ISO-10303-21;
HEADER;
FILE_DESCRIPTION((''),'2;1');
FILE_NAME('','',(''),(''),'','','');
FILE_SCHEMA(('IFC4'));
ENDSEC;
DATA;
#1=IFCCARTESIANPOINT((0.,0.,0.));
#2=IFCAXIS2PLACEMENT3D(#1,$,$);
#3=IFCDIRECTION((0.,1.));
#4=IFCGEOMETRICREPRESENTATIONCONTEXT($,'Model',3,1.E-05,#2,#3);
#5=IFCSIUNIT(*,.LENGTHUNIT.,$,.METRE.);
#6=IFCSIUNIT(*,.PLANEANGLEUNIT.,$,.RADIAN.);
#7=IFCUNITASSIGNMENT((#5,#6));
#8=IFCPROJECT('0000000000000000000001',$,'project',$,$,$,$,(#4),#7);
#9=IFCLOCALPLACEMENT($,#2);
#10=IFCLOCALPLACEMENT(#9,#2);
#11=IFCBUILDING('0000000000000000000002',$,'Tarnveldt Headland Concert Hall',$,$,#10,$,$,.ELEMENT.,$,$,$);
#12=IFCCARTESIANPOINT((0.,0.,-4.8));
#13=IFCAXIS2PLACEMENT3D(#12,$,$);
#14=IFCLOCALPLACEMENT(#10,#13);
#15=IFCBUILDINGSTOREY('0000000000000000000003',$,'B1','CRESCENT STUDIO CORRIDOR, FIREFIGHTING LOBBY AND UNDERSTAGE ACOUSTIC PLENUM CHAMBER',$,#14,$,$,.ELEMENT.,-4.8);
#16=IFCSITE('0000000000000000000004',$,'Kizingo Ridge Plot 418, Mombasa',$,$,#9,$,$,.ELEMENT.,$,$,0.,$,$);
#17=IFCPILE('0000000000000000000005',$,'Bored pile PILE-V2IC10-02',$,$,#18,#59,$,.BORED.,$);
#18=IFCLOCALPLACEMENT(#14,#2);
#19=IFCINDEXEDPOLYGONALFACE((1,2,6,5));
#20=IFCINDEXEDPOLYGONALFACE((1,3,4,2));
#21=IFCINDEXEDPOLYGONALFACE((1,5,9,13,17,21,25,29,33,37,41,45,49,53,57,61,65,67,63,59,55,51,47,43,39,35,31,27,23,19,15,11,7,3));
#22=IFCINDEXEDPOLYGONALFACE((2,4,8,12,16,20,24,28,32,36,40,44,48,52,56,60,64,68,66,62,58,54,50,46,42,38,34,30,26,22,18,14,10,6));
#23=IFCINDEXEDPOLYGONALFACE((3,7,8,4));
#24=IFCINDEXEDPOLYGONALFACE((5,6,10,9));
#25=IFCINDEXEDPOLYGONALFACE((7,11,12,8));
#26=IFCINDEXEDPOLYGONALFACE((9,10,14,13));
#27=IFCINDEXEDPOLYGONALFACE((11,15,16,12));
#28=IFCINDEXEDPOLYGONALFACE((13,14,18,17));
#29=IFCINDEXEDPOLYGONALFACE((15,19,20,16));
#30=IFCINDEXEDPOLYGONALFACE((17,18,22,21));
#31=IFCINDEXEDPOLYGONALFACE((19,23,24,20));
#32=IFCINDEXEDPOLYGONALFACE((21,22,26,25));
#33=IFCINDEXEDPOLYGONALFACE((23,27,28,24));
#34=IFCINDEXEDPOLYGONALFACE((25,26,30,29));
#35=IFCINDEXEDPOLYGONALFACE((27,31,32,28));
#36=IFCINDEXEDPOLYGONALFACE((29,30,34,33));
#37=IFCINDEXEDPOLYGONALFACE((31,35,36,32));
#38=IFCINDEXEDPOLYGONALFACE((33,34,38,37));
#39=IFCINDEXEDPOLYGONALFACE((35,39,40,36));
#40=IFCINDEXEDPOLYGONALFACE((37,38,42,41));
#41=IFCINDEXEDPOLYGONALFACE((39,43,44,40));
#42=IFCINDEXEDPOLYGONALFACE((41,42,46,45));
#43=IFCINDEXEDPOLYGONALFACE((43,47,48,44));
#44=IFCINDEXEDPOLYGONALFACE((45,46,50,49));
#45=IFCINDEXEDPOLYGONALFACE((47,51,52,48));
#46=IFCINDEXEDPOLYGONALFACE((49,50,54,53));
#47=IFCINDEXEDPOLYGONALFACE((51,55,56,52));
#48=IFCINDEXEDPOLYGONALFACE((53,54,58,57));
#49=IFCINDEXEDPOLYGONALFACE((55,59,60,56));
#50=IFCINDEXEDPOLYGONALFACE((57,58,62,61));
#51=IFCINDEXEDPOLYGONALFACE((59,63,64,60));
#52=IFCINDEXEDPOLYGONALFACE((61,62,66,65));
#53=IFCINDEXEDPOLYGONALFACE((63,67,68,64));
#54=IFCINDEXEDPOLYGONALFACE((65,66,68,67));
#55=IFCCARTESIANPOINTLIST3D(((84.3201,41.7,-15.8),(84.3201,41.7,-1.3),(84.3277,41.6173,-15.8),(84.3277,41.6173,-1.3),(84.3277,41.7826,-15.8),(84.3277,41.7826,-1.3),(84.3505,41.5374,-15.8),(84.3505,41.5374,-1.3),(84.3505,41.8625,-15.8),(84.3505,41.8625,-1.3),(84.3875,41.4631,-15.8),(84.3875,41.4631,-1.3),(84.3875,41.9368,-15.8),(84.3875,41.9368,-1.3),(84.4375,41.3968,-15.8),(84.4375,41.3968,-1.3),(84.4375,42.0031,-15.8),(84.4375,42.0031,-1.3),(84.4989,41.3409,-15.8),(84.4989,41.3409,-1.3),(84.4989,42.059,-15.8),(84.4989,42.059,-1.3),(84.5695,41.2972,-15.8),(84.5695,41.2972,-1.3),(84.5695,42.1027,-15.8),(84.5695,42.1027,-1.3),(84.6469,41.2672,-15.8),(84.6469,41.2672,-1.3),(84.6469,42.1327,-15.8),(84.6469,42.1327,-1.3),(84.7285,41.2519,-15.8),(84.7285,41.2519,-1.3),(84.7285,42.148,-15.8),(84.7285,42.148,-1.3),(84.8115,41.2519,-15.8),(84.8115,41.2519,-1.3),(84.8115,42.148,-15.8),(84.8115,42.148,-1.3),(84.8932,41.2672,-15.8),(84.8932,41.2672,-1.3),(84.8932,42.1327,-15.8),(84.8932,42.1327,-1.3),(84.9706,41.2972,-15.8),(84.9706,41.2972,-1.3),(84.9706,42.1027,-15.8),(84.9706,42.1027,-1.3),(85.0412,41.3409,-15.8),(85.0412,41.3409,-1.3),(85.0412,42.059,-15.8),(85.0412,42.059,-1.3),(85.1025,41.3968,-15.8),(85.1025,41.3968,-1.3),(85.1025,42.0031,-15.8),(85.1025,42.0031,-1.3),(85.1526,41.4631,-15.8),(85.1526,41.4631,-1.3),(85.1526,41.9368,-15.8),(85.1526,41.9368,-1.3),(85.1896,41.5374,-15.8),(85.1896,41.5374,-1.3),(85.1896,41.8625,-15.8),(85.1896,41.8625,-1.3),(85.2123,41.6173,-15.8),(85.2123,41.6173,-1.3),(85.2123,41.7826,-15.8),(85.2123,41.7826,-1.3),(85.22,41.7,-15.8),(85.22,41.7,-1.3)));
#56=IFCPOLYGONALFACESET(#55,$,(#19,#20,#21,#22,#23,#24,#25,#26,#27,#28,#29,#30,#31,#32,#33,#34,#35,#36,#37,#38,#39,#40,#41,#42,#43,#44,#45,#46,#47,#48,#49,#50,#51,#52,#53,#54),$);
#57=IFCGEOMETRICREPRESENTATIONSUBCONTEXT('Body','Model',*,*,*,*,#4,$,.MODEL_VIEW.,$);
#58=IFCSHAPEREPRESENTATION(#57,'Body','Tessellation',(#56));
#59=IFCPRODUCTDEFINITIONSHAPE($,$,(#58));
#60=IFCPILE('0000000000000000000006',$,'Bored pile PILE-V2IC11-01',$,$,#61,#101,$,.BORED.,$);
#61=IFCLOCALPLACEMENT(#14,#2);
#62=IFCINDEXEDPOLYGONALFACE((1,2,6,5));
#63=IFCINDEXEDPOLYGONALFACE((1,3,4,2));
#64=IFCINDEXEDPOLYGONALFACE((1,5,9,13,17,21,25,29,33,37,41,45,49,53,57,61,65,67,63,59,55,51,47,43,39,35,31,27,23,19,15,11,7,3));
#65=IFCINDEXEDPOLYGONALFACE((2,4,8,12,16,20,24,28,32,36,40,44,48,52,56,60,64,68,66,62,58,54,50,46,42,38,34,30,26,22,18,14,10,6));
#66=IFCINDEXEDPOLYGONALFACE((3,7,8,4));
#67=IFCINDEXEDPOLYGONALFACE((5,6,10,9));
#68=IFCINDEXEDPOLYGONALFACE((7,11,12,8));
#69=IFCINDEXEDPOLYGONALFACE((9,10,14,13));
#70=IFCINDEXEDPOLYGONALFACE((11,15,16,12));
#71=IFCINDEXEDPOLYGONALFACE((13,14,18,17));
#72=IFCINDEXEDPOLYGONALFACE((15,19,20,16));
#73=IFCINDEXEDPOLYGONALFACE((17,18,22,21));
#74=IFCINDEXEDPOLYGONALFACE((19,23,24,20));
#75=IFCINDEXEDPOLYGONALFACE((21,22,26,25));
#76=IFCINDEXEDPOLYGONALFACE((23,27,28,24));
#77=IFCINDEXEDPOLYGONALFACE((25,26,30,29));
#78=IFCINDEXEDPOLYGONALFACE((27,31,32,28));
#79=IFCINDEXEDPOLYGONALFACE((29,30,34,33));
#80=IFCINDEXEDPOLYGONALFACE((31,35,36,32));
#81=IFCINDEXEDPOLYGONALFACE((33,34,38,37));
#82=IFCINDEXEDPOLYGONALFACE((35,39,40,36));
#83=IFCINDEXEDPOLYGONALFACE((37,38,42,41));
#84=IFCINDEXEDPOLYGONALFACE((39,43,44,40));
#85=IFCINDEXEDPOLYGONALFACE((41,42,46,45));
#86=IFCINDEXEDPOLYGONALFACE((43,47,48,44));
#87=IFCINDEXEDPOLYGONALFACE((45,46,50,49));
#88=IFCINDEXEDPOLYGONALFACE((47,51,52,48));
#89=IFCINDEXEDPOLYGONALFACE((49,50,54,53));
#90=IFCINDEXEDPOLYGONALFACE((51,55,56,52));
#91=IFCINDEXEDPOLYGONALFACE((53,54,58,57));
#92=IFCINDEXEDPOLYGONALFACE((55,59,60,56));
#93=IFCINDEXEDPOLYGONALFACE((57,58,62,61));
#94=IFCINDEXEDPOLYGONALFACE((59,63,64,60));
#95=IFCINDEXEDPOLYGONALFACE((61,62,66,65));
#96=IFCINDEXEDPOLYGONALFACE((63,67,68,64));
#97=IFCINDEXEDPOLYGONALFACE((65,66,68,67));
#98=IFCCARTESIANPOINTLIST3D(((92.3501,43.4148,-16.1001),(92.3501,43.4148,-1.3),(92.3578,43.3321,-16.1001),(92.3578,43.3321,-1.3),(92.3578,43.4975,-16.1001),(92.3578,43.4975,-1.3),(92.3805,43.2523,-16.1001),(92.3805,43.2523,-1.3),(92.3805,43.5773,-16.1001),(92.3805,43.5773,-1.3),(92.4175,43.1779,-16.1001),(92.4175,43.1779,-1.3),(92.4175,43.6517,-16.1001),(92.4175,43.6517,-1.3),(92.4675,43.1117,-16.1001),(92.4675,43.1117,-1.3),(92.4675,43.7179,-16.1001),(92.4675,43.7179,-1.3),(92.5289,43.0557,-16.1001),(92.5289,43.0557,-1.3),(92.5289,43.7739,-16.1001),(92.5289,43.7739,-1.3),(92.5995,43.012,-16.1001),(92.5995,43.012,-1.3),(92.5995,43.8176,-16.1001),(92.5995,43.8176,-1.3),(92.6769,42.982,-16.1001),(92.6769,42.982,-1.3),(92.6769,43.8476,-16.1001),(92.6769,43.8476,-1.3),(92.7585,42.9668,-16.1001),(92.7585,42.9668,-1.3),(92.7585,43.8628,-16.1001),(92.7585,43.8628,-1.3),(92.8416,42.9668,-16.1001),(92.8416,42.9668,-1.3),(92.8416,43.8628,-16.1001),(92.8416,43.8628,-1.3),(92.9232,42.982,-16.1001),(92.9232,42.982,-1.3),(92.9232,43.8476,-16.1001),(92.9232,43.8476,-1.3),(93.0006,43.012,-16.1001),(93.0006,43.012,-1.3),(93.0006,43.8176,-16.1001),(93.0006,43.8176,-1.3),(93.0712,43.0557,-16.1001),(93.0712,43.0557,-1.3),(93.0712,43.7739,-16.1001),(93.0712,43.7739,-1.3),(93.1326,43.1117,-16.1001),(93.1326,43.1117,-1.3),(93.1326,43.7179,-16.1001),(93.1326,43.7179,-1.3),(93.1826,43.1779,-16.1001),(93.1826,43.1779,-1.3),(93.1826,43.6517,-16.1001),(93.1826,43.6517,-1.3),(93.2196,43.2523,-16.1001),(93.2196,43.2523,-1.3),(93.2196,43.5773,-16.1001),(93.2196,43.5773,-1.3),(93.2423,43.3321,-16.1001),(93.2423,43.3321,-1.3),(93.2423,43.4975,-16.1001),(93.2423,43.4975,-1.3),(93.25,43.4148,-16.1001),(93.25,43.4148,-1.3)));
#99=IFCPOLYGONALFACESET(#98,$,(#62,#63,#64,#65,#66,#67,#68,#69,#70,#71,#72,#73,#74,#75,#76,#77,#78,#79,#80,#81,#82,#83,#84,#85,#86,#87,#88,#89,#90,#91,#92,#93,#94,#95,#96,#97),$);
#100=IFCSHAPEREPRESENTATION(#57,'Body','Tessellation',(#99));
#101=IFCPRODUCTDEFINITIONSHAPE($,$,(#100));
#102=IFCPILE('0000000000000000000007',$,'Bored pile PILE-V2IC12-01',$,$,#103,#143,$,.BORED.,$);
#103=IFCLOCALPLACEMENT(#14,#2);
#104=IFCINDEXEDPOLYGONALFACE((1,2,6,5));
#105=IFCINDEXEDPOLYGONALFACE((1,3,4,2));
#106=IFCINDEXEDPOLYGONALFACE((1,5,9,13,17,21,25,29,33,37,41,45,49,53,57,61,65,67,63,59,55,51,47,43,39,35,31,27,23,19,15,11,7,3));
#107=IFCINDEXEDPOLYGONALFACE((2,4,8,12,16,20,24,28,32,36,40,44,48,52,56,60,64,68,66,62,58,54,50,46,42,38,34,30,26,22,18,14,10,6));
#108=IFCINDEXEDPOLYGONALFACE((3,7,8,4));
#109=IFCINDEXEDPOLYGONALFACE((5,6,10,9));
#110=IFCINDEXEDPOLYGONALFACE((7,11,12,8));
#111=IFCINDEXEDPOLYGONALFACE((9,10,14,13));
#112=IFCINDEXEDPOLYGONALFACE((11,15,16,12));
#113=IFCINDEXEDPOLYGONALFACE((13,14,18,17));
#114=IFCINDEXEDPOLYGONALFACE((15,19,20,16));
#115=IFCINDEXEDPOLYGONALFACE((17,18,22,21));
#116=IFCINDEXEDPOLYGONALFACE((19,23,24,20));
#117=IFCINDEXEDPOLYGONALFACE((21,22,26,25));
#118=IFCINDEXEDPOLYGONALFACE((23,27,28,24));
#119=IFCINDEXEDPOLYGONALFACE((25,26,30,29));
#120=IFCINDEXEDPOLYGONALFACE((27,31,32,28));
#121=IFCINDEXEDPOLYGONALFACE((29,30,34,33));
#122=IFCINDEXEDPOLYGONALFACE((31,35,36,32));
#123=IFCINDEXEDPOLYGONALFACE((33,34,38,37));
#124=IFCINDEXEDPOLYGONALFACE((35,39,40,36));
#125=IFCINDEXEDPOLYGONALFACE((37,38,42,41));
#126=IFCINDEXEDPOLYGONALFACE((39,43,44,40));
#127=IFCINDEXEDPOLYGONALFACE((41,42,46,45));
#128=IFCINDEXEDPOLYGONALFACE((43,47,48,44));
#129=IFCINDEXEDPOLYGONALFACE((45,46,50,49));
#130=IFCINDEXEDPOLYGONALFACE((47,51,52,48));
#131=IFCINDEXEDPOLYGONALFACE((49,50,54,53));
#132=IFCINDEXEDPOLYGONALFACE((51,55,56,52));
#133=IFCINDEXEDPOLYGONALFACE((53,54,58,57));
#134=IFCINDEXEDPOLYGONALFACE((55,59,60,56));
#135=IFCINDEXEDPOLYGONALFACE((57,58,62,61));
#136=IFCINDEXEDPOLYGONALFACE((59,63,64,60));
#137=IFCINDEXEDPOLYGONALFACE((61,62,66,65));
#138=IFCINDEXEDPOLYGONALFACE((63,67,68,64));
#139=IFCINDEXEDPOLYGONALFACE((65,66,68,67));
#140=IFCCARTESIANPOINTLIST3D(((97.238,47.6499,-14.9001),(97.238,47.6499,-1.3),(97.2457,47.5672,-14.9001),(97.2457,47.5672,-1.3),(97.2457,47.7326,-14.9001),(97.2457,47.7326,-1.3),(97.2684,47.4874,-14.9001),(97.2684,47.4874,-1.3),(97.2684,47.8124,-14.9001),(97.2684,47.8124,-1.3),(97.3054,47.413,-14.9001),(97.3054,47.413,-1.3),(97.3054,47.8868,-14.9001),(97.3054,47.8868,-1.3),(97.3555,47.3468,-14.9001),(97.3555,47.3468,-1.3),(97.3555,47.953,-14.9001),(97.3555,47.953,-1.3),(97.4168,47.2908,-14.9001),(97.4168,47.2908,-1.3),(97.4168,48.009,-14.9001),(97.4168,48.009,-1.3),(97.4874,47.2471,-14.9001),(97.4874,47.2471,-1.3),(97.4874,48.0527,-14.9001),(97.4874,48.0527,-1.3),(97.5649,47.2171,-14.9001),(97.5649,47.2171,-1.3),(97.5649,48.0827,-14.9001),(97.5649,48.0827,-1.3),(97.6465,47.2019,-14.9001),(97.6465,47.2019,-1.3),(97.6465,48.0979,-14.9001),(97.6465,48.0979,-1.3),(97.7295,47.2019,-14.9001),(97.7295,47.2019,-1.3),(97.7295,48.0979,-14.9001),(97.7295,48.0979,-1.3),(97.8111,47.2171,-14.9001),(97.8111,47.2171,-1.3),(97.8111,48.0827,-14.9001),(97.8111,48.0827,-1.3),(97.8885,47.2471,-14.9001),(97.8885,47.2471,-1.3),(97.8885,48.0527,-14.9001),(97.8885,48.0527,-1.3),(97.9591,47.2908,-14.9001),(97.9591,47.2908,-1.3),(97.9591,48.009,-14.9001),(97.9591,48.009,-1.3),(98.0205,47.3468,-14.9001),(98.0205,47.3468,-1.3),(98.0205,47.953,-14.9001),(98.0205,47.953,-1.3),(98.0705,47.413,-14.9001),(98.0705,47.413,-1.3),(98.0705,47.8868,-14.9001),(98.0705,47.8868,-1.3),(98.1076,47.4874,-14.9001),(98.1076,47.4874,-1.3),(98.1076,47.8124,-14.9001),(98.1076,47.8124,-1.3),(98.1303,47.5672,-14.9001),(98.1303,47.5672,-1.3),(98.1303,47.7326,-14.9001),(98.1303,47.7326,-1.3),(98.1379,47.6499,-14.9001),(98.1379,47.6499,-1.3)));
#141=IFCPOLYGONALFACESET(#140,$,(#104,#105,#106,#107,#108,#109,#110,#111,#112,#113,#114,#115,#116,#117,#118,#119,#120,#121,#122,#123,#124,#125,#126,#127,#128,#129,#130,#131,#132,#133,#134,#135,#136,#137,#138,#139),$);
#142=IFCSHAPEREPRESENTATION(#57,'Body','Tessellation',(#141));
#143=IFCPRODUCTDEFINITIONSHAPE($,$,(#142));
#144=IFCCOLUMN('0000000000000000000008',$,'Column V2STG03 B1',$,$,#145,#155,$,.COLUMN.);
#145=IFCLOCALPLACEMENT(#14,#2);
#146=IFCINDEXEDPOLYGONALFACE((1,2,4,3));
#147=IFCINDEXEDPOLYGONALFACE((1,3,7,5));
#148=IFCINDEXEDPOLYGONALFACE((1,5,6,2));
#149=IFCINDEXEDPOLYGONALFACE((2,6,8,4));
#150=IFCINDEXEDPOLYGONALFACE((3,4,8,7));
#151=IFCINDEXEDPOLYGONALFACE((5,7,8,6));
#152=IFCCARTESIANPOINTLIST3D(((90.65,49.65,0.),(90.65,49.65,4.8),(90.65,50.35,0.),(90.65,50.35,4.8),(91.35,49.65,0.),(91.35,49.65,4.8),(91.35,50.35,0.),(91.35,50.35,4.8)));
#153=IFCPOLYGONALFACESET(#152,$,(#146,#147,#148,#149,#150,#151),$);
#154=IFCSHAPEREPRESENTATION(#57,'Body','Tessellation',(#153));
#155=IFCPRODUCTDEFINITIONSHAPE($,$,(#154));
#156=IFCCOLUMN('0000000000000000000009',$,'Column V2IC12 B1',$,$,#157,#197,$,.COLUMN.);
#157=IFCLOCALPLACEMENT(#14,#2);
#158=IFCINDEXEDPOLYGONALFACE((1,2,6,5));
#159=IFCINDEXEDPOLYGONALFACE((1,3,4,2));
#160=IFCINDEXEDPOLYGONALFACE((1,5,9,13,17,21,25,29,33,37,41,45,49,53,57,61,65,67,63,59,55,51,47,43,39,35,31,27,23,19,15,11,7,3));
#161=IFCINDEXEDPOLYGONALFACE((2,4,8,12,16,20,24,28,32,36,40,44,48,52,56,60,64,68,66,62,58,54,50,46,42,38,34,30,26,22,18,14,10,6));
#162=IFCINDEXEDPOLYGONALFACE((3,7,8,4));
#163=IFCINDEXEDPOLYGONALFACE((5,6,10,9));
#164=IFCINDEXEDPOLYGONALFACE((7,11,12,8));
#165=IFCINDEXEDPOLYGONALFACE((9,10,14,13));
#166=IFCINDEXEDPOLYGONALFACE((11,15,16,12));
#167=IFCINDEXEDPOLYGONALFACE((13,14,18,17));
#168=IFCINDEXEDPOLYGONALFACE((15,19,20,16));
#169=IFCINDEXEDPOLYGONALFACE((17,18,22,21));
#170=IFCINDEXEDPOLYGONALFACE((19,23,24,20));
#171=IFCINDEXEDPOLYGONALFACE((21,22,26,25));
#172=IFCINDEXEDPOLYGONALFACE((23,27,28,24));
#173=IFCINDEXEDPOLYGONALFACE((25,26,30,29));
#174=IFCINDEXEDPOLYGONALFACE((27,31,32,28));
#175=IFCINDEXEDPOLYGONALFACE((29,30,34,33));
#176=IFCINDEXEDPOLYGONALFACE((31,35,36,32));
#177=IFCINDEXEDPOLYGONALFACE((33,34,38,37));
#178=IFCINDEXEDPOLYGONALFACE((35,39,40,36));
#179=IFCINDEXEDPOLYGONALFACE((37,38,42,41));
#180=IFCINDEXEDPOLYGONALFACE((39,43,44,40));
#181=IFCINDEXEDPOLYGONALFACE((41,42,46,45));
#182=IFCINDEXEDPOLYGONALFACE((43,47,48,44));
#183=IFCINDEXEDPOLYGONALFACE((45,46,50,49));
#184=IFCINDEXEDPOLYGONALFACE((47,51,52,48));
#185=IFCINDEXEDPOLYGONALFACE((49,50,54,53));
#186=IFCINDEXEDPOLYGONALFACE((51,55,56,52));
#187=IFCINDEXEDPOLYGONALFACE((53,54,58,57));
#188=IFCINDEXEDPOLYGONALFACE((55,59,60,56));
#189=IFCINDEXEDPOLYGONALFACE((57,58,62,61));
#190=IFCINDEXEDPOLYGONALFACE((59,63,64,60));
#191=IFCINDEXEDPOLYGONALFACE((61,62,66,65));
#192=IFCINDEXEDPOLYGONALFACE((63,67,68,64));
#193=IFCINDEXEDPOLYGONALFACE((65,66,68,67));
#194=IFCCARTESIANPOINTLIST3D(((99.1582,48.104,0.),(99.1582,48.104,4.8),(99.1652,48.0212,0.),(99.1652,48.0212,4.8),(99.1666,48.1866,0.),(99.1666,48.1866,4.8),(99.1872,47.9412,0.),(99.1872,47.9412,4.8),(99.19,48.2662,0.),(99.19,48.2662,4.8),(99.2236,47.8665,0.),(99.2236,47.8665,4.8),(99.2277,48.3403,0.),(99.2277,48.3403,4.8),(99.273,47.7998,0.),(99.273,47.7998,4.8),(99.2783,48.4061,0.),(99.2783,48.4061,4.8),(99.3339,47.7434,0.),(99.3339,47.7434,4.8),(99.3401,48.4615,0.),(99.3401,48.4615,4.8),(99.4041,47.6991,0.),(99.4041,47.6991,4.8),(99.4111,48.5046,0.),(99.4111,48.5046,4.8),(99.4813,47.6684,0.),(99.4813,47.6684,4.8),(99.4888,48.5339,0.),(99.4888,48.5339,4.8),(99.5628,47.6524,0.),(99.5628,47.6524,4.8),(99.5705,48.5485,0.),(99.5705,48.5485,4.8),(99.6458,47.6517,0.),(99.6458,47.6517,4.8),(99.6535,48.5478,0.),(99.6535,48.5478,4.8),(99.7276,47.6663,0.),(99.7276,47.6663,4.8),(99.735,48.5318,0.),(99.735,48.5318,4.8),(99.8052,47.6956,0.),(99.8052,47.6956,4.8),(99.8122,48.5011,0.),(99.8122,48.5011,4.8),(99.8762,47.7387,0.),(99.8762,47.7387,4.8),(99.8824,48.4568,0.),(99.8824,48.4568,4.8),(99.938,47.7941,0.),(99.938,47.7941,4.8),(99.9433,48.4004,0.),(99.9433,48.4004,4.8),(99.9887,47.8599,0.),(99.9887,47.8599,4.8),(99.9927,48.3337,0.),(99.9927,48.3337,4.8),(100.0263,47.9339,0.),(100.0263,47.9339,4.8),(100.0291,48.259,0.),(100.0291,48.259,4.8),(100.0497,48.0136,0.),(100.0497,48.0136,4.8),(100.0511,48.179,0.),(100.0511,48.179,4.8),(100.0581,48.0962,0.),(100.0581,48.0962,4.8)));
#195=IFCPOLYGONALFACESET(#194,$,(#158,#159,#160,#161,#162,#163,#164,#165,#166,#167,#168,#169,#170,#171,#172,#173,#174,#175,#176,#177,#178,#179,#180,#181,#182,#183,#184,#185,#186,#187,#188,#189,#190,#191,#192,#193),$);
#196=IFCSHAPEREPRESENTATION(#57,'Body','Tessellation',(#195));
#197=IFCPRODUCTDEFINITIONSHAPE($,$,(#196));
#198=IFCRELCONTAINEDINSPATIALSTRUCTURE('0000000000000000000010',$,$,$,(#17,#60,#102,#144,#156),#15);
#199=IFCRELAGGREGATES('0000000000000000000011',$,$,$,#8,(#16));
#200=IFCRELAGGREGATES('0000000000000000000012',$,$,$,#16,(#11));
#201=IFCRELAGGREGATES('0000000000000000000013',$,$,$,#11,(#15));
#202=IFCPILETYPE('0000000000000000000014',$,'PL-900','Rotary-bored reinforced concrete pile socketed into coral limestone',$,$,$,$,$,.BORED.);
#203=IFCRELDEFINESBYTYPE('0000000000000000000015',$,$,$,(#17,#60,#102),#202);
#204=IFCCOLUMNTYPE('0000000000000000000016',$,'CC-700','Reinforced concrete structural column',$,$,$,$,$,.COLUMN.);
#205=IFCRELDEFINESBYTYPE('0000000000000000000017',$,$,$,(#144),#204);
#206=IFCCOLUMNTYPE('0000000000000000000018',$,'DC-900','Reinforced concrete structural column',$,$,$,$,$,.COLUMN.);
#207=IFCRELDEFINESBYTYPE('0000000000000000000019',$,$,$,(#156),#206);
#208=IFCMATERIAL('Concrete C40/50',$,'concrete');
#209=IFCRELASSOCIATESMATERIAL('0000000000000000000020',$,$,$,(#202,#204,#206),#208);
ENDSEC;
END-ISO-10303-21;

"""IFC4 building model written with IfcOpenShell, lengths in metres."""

from ifc_helpers import new_model, si_unit, direction, frame, origin, origin_2d, place, context, subcontext, project, spatial, rectangle, circle, extrude, material, material_profile, profile_set, type_object, element, save


model = new_model("IFC4")

# Units and contexts
model_context = context("Model", 3, precision=1e-05, world=origin(), true_north=direction((0.0, 1.0)))
body_context = subcontext(model_context, "Body", "Model", "MODEL_VIEW")
ifc_project = project(units=[si_unit("LENGTHUNIT", "METRE"), si_unit("PLANEANGLEUNIT", "RADIAN")], contexts=[model_context])

# Site, building, storey
site_placement = place(None, origin())
site = spatial("IfcSite", under=ifc_project, at=site_placement, Name="Kizingo Ridge Plot 418, Mombasa", CompositionType="ELEMENT", RefElevation=0.0)
building_placement = place(site_placement, origin())
building = spatial("IfcBuilding", under=site, at=building_placement, Name="Tarnveldt Headland Concert Hall", CompositionType="ELEMENT")
storey_placement = place(building_placement, frame((0.0, 0.0, -4.8)))
storey = spatial("IfcBuildingStorey", under=building, at=storey_placement, Name="B1", Description="CRESCENT STUDIO CORRIDOR, FIREFIGHTING LOBBY AND UNDERSTAGE ACOUSTIC PLENUM CHAMBER", CompositionType="ELEMENT", Elevation=-4.8)

# Shared definitions
ifc_material_1 = material(Name="Concrete C40/50", Category="concrete")

# Piles
ifc_material_profile_1 = material_profile(ifc_material_1, circle(Radius=0.45, at=origin_2d()), Name="BORED PILE D900", Category="concrete")
ifc_profile_set_1 = profile_set([ifc_material_profile_1], Name="Concrete C40/50")
pile_type_1 = type_object("IfcPileType", Name="PL-900", Description="Rotary-bored reinforced concrete pile socketed into coral limestone", PredefinedType="BORED", material=ifc_profile_set_1)
pile_1_placement = place(storey_placement, frame((84.77, 41.7, -1.3), z_axis=(0.0, 0.0, -1.0), x_axis=(1.0, 0.0, 0.0)))
element("IfcPile", 1, at=pile_1_placement, inside=storey, type_object=pile_type_1, Name="Bored pile PILE-V2IC10-02", PredefinedType="BORED", context=body_context, shape_type="SweptSolid", body=[
    extrude(circle(Radius=0.45, at=origin_2d()), origin(), (0.0, 0.0, 1.0), 14.5),
])
pile_2_placement = place(storey_placement, frame((92.8, 43.4148, -1.3), z_axis=(0.0, 0.0, -1.0), x_axis=(1.0, 0.0, 0.0)))
element("IfcPile", 2, at=pile_2_placement, inside=storey, type_object=pile_type_1, Name="Bored pile PILE-V2IC11-01", PredefinedType="BORED", context=body_context, shape_type="SweptSolid", body=[
    extrude(circle(Radius=0.45, at=origin_2d()), origin(), (0.0, 0.0, 1.0), 14.8),
])
pile_3_placement = place(storey_placement, frame((97.688, 47.6499, -1.3), z_axis=(0.0, 0.0, -1.0), x_axis=(1.0, 0.0, 0.0)))
element("IfcPile", 3, at=pile_3_placement, inside=storey, type_object=pile_type_1, Name="Bored pile PILE-V2IC12-01", PredefinedType="BORED", context=body_context, shape_type="SweptSolid", body=[
    extrude(circle(Radius=0.45, at=origin_2d()), origin(), (0.0, 0.0, 1.0), 13.6001),
])

# Columns
ifc_material_profile_2 = material_profile(ifc_material_1, rectangle(XDim=0.7, YDim=0.7, at=origin_2d()), Name="RC 700x700", Category="concrete")
ifc_profile_set_2 = profile_set([ifc_material_profile_2], Name="Concrete C40/50")
column_type_1 = type_object("IfcColumnType", Name="CC-700", Description="Reinforced concrete structural column", PredefinedType="COLUMN", material=ifc_profile_set_2)
column_placement = place(storey_placement, frame((91.0, 50.0, 0.0), z_axis=(0.0, 0.0, 1.0), x_axis=(1.0, 0.0, 0.0)))
element("IfcColumn", 4, at=column_placement, inside=storey, type_object=column_type_1, Name="Column V2STG03 B1", PredefinedType="COLUMN", context=body_context, shape_type="SweptSolid", body=[
    extrude(rectangle(XDim=0.7, YDim=0.7, at=origin_2d()), origin(), (0.0, 0.0, 1.0), 4.8),
])
ifc_material_profile_3 = material_profile(ifc_material_1, circle(Radius=0.45, at=origin_2d()), Name="RC D900", Category="concrete")
ifc_profile_set_3 = profile_set([ifc_material_profile_3], Name="Concrete C40/50")
column_type_2 = type_object("IfcColumnType", Name="DC-900", Description="Reinforced concrete structural column", PredefinedType="COLUMN", material=ifc_profile_set_3)
for number, where, z_axis, x_axis, name in (
    (5, (99.6082, 48.1001, 0.0), (0.0, 0.0, 1.0), (0.929326, -0.36926, 0.0), "Column V2IC12 B1"),
):
    element("IfcColumn", number, at=place(storey_placement, frame(where, z_axis=z_axis, x_axis=x_axis)), inside=storey, type_object=column_type_2, Name=name, PredefinedType="COLUMN", context=body_context, shape_type="SweptSolid", body=[
        extrude(circle(Radius=0.45, at=origin_2d()), origin(), (0.0, 0.0, 1.0), 4.8),
    ])

save(model, "model.ifc")
